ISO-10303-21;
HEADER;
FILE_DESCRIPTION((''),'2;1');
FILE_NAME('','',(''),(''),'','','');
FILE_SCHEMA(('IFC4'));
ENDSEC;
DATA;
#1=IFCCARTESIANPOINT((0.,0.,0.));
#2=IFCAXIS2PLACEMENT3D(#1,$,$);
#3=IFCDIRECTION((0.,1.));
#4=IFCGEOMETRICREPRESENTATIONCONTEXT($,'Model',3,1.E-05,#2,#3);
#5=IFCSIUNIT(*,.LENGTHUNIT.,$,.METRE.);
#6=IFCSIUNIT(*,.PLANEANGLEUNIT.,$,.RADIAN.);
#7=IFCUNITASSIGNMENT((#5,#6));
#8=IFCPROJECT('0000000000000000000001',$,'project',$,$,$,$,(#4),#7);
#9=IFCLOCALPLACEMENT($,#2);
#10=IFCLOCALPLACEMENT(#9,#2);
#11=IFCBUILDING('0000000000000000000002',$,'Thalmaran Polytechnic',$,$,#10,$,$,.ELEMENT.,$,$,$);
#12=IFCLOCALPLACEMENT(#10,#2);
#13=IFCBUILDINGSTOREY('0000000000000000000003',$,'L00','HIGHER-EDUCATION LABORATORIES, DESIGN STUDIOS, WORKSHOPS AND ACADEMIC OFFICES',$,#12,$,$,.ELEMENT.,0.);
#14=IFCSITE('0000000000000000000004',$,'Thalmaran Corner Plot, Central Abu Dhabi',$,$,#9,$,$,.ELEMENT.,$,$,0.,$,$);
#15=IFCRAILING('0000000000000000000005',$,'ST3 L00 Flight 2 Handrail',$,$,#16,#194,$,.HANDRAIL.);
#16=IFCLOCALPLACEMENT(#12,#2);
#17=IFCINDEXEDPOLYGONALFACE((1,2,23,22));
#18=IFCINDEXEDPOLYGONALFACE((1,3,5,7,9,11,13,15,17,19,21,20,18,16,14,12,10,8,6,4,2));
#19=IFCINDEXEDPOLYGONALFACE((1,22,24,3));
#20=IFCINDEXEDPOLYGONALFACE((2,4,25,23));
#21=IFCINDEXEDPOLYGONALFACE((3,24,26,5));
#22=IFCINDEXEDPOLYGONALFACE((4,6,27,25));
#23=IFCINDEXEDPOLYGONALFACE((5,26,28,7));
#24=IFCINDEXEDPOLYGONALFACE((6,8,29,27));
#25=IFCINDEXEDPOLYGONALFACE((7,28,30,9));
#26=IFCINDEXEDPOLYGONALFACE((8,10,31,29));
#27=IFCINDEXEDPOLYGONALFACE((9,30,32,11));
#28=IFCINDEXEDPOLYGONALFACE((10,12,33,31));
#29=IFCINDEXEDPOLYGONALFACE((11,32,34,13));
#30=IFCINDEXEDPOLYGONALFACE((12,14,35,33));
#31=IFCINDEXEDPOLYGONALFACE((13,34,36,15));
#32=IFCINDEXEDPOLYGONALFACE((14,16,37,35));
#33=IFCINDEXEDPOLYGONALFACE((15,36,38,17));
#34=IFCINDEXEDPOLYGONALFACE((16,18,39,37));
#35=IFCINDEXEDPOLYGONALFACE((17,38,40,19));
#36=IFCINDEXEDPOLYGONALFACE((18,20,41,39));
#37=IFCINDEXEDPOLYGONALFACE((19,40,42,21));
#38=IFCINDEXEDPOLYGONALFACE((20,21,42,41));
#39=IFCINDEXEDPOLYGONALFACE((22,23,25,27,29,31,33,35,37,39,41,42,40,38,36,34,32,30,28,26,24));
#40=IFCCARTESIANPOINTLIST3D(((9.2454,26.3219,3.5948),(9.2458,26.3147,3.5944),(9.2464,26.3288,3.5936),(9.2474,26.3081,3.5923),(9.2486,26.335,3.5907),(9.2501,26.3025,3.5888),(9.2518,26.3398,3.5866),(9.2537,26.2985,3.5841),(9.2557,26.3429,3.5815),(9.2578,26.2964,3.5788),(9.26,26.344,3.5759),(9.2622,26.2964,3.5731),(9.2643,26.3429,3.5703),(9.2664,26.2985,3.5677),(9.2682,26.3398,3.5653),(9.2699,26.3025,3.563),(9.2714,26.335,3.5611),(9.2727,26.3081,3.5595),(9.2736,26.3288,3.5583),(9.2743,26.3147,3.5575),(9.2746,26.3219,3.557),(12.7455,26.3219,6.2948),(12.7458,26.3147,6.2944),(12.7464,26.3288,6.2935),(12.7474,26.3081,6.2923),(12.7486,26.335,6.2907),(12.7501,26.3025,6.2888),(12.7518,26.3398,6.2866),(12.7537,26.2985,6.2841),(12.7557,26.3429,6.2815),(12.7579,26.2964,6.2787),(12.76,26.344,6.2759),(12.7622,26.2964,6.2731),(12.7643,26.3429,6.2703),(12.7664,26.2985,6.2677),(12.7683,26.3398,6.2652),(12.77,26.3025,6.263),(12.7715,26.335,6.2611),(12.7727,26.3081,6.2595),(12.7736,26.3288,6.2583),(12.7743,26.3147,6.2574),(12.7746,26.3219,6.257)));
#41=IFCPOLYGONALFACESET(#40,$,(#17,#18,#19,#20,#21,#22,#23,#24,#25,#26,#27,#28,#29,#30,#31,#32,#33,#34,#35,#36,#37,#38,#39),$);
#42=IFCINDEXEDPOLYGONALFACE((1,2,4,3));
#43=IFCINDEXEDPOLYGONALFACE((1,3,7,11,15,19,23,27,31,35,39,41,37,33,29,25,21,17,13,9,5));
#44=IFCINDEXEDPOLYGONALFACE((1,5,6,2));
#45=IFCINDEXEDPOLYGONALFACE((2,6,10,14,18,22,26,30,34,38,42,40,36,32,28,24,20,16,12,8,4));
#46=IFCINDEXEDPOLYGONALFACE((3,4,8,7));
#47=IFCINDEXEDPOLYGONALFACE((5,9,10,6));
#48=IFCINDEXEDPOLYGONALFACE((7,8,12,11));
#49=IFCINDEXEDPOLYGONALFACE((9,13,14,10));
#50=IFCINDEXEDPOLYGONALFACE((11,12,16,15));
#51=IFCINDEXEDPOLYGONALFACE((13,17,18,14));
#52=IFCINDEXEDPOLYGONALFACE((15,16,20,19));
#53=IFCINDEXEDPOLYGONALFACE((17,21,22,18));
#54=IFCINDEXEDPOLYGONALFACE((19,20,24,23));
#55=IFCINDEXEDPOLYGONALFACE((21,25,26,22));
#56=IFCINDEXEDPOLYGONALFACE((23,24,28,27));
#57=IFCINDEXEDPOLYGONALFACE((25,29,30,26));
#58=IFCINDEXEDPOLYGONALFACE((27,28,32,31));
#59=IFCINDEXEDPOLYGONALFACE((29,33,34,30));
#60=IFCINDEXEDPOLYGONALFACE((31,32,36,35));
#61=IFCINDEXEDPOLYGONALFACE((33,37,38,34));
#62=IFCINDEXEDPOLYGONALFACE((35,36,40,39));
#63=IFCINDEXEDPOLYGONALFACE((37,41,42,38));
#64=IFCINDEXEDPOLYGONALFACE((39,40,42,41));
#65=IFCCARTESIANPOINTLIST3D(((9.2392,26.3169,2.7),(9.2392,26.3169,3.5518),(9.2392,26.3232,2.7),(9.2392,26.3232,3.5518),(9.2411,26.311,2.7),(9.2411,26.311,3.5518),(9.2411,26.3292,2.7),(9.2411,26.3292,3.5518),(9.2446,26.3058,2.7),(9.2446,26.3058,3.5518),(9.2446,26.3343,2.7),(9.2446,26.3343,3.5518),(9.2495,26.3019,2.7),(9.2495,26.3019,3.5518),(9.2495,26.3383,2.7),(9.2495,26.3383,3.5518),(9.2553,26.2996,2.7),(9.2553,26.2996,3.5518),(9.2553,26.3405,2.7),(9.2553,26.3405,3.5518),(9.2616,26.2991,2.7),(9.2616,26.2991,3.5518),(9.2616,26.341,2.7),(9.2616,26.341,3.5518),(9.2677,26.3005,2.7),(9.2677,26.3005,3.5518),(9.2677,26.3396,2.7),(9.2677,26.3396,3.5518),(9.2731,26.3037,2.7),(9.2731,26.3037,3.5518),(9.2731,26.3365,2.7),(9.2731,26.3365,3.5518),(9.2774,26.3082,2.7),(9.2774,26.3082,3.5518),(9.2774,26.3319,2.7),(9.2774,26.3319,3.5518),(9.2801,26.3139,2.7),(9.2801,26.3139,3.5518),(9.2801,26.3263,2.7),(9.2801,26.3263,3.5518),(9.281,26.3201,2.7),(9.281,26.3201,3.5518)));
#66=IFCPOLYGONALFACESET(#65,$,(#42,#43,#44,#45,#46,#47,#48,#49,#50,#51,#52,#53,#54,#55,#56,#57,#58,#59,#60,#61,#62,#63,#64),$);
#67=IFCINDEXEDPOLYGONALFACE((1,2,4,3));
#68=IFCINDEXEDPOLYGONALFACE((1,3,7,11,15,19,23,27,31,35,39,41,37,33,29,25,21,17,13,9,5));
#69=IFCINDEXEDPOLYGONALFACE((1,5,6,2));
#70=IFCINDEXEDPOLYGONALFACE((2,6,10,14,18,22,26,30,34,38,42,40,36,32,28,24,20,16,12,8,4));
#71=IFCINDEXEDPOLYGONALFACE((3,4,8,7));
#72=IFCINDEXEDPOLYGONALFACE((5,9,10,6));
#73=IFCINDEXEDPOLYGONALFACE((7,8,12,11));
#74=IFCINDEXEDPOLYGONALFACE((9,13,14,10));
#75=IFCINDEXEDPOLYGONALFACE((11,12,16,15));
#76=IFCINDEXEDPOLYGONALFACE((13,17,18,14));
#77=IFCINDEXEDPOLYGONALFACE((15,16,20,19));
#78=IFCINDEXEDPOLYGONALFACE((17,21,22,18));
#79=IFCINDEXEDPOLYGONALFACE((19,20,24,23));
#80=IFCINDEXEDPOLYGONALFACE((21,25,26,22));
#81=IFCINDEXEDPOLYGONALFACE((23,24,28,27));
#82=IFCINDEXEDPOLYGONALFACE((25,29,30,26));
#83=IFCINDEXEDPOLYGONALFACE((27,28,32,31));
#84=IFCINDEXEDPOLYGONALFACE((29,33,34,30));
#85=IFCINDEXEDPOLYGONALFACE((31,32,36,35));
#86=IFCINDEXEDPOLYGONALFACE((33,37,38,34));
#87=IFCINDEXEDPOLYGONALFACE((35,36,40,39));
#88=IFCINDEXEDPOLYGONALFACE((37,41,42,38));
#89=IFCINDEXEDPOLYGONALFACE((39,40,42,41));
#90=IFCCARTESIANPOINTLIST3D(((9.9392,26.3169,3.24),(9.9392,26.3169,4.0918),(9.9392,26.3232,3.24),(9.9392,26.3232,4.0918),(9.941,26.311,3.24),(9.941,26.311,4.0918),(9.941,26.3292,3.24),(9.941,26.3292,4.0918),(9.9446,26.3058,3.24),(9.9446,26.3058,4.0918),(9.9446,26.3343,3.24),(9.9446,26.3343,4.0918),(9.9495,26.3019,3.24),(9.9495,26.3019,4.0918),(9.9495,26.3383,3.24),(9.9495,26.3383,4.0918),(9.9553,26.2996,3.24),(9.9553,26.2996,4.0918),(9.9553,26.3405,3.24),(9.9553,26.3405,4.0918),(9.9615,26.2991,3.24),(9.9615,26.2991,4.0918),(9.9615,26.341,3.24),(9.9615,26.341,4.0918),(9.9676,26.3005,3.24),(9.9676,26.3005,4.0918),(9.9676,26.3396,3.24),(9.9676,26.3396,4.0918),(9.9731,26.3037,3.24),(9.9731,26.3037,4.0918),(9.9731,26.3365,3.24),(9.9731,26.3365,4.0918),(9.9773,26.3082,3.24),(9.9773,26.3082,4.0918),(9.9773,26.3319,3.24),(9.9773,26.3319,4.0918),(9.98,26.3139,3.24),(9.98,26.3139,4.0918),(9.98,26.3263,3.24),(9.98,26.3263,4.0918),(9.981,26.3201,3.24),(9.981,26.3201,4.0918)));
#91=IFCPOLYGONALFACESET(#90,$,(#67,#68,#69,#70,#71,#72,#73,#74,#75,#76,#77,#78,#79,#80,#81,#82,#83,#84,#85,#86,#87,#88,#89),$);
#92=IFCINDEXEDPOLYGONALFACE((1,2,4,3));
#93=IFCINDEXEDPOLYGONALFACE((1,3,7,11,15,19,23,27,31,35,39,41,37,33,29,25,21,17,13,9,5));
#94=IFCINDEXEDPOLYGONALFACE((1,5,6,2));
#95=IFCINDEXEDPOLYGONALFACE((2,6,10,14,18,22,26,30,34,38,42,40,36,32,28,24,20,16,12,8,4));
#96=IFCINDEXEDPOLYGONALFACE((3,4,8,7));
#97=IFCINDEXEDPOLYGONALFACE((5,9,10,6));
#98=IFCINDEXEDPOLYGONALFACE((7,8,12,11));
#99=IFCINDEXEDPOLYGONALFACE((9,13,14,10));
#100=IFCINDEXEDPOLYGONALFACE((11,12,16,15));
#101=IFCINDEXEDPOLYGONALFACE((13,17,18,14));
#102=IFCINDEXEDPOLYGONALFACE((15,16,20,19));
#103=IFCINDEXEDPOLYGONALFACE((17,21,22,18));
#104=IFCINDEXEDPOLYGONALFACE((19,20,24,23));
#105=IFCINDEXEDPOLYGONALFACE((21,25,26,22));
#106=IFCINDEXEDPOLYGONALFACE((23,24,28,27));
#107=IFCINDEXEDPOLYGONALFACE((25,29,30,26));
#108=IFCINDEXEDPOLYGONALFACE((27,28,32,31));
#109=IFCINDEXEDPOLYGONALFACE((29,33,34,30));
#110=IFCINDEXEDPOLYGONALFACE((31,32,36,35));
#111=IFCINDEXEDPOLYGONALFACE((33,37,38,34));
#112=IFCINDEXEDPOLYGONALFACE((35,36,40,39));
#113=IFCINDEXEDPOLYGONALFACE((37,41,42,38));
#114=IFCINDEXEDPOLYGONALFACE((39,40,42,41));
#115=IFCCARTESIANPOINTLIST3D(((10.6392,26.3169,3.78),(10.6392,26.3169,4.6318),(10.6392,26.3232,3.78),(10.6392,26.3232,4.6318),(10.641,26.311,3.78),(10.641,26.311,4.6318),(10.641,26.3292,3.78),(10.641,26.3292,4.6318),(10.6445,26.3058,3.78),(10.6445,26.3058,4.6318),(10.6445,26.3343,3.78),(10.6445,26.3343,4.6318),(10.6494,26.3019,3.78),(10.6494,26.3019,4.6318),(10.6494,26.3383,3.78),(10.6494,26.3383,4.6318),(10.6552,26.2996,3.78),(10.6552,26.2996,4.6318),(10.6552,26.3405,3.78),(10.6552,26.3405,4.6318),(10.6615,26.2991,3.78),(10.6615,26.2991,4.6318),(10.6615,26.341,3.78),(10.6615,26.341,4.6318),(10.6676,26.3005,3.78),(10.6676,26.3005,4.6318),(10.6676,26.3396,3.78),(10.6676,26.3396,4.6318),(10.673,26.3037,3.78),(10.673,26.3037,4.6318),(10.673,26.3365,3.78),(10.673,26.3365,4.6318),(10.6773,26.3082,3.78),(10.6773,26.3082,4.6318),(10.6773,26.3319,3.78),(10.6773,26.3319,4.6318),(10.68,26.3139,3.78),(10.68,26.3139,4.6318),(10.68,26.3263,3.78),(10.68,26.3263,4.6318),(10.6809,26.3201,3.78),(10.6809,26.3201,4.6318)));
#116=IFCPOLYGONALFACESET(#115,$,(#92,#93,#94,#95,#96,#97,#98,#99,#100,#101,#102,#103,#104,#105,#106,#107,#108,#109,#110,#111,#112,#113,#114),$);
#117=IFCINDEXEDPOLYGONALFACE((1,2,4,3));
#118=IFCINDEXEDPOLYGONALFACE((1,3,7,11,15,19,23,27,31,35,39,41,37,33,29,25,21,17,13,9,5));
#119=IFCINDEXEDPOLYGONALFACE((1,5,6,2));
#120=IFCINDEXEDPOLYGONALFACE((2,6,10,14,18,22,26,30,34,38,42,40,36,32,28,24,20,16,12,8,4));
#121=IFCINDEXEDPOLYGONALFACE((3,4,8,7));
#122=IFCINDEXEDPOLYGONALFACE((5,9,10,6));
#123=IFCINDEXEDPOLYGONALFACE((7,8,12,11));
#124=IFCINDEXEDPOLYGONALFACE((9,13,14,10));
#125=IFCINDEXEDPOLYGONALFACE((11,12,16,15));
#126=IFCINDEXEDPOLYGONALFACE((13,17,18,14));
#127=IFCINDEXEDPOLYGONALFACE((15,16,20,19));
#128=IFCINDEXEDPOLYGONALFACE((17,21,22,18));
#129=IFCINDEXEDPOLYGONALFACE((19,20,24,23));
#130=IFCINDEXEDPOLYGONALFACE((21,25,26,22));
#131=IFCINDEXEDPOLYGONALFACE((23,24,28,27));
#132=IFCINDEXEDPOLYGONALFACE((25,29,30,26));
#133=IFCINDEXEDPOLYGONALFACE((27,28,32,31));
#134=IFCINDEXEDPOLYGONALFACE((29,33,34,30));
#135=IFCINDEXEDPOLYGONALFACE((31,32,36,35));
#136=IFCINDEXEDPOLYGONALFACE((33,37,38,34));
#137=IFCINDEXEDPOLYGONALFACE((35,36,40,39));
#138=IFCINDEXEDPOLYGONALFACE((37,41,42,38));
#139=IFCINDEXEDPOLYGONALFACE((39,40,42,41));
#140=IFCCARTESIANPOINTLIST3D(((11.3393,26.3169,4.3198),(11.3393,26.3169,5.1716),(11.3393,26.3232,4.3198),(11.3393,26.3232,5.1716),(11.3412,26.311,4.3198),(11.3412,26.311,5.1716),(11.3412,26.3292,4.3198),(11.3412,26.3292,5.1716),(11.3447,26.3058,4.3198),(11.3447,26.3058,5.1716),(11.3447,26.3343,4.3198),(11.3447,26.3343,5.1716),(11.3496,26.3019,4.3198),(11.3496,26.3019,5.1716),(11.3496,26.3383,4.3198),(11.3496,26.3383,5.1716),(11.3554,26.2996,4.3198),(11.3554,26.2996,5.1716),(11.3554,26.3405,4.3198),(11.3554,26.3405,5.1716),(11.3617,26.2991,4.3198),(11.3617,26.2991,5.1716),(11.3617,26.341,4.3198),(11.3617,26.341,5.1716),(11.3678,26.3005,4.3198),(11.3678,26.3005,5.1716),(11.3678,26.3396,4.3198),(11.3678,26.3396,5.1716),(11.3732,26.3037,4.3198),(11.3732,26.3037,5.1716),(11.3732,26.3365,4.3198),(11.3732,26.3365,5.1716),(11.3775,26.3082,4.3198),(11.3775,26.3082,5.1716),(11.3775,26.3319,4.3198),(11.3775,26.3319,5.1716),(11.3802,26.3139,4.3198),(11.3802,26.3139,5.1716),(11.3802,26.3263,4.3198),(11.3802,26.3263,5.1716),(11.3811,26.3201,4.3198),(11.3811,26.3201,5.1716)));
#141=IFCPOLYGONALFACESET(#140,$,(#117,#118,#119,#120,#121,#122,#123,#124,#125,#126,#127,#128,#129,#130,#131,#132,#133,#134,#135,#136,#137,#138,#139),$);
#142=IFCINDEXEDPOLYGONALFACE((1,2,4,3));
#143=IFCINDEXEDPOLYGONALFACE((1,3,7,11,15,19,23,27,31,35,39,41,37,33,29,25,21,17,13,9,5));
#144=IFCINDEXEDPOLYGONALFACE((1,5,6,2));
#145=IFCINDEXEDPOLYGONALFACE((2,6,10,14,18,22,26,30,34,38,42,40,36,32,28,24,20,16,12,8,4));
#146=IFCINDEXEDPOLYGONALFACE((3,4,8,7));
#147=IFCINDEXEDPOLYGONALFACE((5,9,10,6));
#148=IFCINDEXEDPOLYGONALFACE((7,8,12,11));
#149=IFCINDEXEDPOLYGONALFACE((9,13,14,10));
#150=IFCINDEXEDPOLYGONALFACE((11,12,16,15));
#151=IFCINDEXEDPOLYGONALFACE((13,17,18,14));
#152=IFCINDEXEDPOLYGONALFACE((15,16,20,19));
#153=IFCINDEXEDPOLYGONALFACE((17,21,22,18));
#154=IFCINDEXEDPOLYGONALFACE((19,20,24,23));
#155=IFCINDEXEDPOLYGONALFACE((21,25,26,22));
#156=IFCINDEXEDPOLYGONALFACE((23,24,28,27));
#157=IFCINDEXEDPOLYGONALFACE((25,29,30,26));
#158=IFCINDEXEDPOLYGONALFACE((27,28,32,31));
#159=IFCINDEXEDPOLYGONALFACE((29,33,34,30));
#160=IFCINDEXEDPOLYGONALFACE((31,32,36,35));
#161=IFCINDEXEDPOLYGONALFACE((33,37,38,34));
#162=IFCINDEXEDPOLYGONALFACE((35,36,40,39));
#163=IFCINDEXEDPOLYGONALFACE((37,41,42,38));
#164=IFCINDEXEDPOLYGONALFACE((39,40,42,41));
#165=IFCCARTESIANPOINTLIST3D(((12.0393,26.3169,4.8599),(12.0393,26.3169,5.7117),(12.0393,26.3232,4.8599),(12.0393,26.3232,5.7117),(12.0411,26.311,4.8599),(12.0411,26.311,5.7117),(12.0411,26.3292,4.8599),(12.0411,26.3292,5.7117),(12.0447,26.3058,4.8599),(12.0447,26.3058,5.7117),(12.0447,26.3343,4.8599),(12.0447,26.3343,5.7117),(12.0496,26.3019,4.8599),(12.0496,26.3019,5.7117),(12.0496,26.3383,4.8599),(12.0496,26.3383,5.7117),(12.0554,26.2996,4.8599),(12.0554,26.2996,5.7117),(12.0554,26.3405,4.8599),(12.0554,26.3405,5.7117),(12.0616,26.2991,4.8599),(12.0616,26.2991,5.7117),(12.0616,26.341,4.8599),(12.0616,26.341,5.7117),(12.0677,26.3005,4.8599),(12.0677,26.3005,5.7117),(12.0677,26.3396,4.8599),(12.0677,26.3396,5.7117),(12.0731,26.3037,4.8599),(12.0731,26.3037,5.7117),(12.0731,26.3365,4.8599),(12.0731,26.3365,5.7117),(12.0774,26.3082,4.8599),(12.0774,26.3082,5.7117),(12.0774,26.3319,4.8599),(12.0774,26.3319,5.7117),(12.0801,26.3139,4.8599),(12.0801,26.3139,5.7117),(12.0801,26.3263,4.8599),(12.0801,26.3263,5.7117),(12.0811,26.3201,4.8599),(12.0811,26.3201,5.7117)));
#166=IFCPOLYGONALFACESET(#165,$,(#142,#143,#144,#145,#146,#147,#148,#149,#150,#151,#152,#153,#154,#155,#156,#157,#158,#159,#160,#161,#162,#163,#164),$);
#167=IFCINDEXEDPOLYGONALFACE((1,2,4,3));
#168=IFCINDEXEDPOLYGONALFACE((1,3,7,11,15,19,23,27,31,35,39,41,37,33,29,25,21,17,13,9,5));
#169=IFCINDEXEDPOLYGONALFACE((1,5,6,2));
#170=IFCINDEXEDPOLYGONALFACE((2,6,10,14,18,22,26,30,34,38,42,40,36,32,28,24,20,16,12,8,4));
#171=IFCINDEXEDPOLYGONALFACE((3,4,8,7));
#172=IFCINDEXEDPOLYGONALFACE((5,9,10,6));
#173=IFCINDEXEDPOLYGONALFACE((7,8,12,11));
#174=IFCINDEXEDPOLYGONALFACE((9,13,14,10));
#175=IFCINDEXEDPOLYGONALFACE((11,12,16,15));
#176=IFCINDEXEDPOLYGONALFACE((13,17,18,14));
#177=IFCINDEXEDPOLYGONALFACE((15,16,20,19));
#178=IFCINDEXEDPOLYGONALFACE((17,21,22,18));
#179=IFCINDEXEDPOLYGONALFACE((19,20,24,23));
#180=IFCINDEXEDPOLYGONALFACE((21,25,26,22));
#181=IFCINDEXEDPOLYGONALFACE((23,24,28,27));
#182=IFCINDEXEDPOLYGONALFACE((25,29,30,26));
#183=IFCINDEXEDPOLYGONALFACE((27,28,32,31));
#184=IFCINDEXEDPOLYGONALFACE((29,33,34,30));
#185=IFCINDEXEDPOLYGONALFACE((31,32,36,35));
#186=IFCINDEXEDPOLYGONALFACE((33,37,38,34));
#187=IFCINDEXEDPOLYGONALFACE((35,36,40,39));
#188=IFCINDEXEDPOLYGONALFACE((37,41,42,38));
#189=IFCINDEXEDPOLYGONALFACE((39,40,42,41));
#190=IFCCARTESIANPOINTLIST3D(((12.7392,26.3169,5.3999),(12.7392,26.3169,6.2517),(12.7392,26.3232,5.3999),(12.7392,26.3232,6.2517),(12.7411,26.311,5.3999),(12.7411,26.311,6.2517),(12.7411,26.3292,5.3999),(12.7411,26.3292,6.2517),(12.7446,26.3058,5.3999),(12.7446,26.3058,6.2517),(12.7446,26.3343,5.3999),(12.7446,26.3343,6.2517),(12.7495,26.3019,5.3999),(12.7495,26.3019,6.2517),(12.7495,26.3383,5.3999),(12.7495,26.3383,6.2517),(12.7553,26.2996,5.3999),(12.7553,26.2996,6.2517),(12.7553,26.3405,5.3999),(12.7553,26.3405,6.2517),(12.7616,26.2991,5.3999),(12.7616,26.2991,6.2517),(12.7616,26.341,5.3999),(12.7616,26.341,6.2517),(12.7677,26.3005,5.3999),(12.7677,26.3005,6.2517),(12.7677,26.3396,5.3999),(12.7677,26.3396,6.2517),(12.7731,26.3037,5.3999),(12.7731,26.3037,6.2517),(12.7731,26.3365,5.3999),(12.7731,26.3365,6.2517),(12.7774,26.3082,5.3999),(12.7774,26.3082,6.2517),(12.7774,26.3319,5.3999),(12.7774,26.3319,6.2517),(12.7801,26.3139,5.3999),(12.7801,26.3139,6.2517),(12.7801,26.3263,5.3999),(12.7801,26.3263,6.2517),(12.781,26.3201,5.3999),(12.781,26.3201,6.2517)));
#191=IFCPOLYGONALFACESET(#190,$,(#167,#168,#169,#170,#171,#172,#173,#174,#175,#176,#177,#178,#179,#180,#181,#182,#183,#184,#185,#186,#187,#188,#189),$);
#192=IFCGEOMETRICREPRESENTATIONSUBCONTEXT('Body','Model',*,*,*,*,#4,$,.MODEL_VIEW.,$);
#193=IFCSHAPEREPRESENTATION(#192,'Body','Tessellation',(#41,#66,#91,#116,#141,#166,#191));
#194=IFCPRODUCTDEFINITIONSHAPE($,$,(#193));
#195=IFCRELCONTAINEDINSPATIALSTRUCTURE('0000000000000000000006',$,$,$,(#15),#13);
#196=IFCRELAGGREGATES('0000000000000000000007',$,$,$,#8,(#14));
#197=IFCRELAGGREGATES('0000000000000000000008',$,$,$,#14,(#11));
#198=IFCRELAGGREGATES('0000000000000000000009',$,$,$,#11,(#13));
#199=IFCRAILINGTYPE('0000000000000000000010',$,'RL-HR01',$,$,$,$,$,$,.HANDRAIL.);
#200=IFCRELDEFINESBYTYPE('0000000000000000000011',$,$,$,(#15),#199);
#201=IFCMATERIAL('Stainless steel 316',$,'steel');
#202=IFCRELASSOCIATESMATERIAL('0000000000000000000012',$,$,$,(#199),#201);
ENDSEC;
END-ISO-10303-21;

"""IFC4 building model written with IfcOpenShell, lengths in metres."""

from ifc_helpers import new_model, si_unit, direction, frame, origin, origin_2d, place, context, subcontext, project, spatial, circle, extrude, material, type_object, element, save


model = new_model("IFC4")

# Units and contexts
model_context = context("Model", 3, precision=1e-05, world=origin(), true_north=direction((0.0, 1.0)))
body_context = subcontext(model_context, "Body", "Model", "MODEL_VIEW")
ifc_project = project(units=[si_unit("LENGTHUNIT", "METRE"), si_unit("PLANEANGLEUNIT", "RADIAN")], contexts=[model_context])

# Site, building, storey
site_placement = place(None, origin())
site = spatial("IfcSite", under=ifc_project, at=site_placement, Name="Thalmaran Corner Plot, Central Abu Dhabi", CompositionType="ELEMENT", RefElevation=0.0)
building_placement = place(site_placement, origin())
building = spatial("IfcBuilding", under=site, at=building_placement, Name="Thalmaran Polytechnic", CompositionType="ELEMENT")
storey_placement = place(building_placement, origin())
storey = spatial("IfcBuildingStorey", under=building, at=storey_placement, Name="L00", Description="HIGHER-EDUCATION LABORATORIES, DESIGN STUDIOS, WORKSHOPS AND ACADEMIC OFFICES", CompositionType="ELEMENT", Elevation=0.0)

# Railing
ifc_material_1 = material(Name="Stainless steel 316", Category="steel")
railing_type_1 = type_object("IfcRailingType", Name="RL-HR01", PredefinedType="HANDRAIL", material=ifc_material_1)
railing_1_placement = place(storey_placement, frame((9.26, 26.3201, 2.7)))
element("IfcRailing", 1, at=railing_1_placement, inside=storey, type_object=railing_type_1, Name="ST3 L00 Flight 2 Handrail", PredefinedType="HANDRAIL", context=body_context, shape_type="SweptSolid", body=[
    extrude(circle(Radius=0.0239, at=origin_2d()), frame((0.0, 0.0, 0.876), z_axis=(0.791788, 0.0, 0.610797), x_axis=(0.0, 1.0, 0.0)), (0.0, 0.0, 1.0), 4.4204),
    extrude(circle(Radius=0.021, at=origin_2d()), origin(), (0.0, 0.0, 1.0), 0.8518),
    extrude(circle(Radius=0.021, at=origin_2d()), frame((0.7, 0.0, 0.54)), (0.0, 0.0, 1.0), 0.8518),
    extrude(circle(Radius=0.021, at=origin_2d()), frame((1.3999, 0.0, 1.0801)), (0.0, 0.0, 1.0), 0.8518),
    extrude(circle(Radius=0.021, at=origin_2d()), frame((2.1001, 0.0, 1.6199)), (0.0, 0.0, 1.0), 0.8518),
    extrude(circle(Radius=0.021, at=origin_2d()), frame((2.8, 0.0, 2.1599)), (0.0, 0.0, 1.0), 0.8518),
    extrude(circle(Radius=0.021, at=origin_2d()), frame((3.5, 0.0, 2.7)), (0.0, 0.0, 1.0), 0.8518),
])

save(model, "model.ifc")
